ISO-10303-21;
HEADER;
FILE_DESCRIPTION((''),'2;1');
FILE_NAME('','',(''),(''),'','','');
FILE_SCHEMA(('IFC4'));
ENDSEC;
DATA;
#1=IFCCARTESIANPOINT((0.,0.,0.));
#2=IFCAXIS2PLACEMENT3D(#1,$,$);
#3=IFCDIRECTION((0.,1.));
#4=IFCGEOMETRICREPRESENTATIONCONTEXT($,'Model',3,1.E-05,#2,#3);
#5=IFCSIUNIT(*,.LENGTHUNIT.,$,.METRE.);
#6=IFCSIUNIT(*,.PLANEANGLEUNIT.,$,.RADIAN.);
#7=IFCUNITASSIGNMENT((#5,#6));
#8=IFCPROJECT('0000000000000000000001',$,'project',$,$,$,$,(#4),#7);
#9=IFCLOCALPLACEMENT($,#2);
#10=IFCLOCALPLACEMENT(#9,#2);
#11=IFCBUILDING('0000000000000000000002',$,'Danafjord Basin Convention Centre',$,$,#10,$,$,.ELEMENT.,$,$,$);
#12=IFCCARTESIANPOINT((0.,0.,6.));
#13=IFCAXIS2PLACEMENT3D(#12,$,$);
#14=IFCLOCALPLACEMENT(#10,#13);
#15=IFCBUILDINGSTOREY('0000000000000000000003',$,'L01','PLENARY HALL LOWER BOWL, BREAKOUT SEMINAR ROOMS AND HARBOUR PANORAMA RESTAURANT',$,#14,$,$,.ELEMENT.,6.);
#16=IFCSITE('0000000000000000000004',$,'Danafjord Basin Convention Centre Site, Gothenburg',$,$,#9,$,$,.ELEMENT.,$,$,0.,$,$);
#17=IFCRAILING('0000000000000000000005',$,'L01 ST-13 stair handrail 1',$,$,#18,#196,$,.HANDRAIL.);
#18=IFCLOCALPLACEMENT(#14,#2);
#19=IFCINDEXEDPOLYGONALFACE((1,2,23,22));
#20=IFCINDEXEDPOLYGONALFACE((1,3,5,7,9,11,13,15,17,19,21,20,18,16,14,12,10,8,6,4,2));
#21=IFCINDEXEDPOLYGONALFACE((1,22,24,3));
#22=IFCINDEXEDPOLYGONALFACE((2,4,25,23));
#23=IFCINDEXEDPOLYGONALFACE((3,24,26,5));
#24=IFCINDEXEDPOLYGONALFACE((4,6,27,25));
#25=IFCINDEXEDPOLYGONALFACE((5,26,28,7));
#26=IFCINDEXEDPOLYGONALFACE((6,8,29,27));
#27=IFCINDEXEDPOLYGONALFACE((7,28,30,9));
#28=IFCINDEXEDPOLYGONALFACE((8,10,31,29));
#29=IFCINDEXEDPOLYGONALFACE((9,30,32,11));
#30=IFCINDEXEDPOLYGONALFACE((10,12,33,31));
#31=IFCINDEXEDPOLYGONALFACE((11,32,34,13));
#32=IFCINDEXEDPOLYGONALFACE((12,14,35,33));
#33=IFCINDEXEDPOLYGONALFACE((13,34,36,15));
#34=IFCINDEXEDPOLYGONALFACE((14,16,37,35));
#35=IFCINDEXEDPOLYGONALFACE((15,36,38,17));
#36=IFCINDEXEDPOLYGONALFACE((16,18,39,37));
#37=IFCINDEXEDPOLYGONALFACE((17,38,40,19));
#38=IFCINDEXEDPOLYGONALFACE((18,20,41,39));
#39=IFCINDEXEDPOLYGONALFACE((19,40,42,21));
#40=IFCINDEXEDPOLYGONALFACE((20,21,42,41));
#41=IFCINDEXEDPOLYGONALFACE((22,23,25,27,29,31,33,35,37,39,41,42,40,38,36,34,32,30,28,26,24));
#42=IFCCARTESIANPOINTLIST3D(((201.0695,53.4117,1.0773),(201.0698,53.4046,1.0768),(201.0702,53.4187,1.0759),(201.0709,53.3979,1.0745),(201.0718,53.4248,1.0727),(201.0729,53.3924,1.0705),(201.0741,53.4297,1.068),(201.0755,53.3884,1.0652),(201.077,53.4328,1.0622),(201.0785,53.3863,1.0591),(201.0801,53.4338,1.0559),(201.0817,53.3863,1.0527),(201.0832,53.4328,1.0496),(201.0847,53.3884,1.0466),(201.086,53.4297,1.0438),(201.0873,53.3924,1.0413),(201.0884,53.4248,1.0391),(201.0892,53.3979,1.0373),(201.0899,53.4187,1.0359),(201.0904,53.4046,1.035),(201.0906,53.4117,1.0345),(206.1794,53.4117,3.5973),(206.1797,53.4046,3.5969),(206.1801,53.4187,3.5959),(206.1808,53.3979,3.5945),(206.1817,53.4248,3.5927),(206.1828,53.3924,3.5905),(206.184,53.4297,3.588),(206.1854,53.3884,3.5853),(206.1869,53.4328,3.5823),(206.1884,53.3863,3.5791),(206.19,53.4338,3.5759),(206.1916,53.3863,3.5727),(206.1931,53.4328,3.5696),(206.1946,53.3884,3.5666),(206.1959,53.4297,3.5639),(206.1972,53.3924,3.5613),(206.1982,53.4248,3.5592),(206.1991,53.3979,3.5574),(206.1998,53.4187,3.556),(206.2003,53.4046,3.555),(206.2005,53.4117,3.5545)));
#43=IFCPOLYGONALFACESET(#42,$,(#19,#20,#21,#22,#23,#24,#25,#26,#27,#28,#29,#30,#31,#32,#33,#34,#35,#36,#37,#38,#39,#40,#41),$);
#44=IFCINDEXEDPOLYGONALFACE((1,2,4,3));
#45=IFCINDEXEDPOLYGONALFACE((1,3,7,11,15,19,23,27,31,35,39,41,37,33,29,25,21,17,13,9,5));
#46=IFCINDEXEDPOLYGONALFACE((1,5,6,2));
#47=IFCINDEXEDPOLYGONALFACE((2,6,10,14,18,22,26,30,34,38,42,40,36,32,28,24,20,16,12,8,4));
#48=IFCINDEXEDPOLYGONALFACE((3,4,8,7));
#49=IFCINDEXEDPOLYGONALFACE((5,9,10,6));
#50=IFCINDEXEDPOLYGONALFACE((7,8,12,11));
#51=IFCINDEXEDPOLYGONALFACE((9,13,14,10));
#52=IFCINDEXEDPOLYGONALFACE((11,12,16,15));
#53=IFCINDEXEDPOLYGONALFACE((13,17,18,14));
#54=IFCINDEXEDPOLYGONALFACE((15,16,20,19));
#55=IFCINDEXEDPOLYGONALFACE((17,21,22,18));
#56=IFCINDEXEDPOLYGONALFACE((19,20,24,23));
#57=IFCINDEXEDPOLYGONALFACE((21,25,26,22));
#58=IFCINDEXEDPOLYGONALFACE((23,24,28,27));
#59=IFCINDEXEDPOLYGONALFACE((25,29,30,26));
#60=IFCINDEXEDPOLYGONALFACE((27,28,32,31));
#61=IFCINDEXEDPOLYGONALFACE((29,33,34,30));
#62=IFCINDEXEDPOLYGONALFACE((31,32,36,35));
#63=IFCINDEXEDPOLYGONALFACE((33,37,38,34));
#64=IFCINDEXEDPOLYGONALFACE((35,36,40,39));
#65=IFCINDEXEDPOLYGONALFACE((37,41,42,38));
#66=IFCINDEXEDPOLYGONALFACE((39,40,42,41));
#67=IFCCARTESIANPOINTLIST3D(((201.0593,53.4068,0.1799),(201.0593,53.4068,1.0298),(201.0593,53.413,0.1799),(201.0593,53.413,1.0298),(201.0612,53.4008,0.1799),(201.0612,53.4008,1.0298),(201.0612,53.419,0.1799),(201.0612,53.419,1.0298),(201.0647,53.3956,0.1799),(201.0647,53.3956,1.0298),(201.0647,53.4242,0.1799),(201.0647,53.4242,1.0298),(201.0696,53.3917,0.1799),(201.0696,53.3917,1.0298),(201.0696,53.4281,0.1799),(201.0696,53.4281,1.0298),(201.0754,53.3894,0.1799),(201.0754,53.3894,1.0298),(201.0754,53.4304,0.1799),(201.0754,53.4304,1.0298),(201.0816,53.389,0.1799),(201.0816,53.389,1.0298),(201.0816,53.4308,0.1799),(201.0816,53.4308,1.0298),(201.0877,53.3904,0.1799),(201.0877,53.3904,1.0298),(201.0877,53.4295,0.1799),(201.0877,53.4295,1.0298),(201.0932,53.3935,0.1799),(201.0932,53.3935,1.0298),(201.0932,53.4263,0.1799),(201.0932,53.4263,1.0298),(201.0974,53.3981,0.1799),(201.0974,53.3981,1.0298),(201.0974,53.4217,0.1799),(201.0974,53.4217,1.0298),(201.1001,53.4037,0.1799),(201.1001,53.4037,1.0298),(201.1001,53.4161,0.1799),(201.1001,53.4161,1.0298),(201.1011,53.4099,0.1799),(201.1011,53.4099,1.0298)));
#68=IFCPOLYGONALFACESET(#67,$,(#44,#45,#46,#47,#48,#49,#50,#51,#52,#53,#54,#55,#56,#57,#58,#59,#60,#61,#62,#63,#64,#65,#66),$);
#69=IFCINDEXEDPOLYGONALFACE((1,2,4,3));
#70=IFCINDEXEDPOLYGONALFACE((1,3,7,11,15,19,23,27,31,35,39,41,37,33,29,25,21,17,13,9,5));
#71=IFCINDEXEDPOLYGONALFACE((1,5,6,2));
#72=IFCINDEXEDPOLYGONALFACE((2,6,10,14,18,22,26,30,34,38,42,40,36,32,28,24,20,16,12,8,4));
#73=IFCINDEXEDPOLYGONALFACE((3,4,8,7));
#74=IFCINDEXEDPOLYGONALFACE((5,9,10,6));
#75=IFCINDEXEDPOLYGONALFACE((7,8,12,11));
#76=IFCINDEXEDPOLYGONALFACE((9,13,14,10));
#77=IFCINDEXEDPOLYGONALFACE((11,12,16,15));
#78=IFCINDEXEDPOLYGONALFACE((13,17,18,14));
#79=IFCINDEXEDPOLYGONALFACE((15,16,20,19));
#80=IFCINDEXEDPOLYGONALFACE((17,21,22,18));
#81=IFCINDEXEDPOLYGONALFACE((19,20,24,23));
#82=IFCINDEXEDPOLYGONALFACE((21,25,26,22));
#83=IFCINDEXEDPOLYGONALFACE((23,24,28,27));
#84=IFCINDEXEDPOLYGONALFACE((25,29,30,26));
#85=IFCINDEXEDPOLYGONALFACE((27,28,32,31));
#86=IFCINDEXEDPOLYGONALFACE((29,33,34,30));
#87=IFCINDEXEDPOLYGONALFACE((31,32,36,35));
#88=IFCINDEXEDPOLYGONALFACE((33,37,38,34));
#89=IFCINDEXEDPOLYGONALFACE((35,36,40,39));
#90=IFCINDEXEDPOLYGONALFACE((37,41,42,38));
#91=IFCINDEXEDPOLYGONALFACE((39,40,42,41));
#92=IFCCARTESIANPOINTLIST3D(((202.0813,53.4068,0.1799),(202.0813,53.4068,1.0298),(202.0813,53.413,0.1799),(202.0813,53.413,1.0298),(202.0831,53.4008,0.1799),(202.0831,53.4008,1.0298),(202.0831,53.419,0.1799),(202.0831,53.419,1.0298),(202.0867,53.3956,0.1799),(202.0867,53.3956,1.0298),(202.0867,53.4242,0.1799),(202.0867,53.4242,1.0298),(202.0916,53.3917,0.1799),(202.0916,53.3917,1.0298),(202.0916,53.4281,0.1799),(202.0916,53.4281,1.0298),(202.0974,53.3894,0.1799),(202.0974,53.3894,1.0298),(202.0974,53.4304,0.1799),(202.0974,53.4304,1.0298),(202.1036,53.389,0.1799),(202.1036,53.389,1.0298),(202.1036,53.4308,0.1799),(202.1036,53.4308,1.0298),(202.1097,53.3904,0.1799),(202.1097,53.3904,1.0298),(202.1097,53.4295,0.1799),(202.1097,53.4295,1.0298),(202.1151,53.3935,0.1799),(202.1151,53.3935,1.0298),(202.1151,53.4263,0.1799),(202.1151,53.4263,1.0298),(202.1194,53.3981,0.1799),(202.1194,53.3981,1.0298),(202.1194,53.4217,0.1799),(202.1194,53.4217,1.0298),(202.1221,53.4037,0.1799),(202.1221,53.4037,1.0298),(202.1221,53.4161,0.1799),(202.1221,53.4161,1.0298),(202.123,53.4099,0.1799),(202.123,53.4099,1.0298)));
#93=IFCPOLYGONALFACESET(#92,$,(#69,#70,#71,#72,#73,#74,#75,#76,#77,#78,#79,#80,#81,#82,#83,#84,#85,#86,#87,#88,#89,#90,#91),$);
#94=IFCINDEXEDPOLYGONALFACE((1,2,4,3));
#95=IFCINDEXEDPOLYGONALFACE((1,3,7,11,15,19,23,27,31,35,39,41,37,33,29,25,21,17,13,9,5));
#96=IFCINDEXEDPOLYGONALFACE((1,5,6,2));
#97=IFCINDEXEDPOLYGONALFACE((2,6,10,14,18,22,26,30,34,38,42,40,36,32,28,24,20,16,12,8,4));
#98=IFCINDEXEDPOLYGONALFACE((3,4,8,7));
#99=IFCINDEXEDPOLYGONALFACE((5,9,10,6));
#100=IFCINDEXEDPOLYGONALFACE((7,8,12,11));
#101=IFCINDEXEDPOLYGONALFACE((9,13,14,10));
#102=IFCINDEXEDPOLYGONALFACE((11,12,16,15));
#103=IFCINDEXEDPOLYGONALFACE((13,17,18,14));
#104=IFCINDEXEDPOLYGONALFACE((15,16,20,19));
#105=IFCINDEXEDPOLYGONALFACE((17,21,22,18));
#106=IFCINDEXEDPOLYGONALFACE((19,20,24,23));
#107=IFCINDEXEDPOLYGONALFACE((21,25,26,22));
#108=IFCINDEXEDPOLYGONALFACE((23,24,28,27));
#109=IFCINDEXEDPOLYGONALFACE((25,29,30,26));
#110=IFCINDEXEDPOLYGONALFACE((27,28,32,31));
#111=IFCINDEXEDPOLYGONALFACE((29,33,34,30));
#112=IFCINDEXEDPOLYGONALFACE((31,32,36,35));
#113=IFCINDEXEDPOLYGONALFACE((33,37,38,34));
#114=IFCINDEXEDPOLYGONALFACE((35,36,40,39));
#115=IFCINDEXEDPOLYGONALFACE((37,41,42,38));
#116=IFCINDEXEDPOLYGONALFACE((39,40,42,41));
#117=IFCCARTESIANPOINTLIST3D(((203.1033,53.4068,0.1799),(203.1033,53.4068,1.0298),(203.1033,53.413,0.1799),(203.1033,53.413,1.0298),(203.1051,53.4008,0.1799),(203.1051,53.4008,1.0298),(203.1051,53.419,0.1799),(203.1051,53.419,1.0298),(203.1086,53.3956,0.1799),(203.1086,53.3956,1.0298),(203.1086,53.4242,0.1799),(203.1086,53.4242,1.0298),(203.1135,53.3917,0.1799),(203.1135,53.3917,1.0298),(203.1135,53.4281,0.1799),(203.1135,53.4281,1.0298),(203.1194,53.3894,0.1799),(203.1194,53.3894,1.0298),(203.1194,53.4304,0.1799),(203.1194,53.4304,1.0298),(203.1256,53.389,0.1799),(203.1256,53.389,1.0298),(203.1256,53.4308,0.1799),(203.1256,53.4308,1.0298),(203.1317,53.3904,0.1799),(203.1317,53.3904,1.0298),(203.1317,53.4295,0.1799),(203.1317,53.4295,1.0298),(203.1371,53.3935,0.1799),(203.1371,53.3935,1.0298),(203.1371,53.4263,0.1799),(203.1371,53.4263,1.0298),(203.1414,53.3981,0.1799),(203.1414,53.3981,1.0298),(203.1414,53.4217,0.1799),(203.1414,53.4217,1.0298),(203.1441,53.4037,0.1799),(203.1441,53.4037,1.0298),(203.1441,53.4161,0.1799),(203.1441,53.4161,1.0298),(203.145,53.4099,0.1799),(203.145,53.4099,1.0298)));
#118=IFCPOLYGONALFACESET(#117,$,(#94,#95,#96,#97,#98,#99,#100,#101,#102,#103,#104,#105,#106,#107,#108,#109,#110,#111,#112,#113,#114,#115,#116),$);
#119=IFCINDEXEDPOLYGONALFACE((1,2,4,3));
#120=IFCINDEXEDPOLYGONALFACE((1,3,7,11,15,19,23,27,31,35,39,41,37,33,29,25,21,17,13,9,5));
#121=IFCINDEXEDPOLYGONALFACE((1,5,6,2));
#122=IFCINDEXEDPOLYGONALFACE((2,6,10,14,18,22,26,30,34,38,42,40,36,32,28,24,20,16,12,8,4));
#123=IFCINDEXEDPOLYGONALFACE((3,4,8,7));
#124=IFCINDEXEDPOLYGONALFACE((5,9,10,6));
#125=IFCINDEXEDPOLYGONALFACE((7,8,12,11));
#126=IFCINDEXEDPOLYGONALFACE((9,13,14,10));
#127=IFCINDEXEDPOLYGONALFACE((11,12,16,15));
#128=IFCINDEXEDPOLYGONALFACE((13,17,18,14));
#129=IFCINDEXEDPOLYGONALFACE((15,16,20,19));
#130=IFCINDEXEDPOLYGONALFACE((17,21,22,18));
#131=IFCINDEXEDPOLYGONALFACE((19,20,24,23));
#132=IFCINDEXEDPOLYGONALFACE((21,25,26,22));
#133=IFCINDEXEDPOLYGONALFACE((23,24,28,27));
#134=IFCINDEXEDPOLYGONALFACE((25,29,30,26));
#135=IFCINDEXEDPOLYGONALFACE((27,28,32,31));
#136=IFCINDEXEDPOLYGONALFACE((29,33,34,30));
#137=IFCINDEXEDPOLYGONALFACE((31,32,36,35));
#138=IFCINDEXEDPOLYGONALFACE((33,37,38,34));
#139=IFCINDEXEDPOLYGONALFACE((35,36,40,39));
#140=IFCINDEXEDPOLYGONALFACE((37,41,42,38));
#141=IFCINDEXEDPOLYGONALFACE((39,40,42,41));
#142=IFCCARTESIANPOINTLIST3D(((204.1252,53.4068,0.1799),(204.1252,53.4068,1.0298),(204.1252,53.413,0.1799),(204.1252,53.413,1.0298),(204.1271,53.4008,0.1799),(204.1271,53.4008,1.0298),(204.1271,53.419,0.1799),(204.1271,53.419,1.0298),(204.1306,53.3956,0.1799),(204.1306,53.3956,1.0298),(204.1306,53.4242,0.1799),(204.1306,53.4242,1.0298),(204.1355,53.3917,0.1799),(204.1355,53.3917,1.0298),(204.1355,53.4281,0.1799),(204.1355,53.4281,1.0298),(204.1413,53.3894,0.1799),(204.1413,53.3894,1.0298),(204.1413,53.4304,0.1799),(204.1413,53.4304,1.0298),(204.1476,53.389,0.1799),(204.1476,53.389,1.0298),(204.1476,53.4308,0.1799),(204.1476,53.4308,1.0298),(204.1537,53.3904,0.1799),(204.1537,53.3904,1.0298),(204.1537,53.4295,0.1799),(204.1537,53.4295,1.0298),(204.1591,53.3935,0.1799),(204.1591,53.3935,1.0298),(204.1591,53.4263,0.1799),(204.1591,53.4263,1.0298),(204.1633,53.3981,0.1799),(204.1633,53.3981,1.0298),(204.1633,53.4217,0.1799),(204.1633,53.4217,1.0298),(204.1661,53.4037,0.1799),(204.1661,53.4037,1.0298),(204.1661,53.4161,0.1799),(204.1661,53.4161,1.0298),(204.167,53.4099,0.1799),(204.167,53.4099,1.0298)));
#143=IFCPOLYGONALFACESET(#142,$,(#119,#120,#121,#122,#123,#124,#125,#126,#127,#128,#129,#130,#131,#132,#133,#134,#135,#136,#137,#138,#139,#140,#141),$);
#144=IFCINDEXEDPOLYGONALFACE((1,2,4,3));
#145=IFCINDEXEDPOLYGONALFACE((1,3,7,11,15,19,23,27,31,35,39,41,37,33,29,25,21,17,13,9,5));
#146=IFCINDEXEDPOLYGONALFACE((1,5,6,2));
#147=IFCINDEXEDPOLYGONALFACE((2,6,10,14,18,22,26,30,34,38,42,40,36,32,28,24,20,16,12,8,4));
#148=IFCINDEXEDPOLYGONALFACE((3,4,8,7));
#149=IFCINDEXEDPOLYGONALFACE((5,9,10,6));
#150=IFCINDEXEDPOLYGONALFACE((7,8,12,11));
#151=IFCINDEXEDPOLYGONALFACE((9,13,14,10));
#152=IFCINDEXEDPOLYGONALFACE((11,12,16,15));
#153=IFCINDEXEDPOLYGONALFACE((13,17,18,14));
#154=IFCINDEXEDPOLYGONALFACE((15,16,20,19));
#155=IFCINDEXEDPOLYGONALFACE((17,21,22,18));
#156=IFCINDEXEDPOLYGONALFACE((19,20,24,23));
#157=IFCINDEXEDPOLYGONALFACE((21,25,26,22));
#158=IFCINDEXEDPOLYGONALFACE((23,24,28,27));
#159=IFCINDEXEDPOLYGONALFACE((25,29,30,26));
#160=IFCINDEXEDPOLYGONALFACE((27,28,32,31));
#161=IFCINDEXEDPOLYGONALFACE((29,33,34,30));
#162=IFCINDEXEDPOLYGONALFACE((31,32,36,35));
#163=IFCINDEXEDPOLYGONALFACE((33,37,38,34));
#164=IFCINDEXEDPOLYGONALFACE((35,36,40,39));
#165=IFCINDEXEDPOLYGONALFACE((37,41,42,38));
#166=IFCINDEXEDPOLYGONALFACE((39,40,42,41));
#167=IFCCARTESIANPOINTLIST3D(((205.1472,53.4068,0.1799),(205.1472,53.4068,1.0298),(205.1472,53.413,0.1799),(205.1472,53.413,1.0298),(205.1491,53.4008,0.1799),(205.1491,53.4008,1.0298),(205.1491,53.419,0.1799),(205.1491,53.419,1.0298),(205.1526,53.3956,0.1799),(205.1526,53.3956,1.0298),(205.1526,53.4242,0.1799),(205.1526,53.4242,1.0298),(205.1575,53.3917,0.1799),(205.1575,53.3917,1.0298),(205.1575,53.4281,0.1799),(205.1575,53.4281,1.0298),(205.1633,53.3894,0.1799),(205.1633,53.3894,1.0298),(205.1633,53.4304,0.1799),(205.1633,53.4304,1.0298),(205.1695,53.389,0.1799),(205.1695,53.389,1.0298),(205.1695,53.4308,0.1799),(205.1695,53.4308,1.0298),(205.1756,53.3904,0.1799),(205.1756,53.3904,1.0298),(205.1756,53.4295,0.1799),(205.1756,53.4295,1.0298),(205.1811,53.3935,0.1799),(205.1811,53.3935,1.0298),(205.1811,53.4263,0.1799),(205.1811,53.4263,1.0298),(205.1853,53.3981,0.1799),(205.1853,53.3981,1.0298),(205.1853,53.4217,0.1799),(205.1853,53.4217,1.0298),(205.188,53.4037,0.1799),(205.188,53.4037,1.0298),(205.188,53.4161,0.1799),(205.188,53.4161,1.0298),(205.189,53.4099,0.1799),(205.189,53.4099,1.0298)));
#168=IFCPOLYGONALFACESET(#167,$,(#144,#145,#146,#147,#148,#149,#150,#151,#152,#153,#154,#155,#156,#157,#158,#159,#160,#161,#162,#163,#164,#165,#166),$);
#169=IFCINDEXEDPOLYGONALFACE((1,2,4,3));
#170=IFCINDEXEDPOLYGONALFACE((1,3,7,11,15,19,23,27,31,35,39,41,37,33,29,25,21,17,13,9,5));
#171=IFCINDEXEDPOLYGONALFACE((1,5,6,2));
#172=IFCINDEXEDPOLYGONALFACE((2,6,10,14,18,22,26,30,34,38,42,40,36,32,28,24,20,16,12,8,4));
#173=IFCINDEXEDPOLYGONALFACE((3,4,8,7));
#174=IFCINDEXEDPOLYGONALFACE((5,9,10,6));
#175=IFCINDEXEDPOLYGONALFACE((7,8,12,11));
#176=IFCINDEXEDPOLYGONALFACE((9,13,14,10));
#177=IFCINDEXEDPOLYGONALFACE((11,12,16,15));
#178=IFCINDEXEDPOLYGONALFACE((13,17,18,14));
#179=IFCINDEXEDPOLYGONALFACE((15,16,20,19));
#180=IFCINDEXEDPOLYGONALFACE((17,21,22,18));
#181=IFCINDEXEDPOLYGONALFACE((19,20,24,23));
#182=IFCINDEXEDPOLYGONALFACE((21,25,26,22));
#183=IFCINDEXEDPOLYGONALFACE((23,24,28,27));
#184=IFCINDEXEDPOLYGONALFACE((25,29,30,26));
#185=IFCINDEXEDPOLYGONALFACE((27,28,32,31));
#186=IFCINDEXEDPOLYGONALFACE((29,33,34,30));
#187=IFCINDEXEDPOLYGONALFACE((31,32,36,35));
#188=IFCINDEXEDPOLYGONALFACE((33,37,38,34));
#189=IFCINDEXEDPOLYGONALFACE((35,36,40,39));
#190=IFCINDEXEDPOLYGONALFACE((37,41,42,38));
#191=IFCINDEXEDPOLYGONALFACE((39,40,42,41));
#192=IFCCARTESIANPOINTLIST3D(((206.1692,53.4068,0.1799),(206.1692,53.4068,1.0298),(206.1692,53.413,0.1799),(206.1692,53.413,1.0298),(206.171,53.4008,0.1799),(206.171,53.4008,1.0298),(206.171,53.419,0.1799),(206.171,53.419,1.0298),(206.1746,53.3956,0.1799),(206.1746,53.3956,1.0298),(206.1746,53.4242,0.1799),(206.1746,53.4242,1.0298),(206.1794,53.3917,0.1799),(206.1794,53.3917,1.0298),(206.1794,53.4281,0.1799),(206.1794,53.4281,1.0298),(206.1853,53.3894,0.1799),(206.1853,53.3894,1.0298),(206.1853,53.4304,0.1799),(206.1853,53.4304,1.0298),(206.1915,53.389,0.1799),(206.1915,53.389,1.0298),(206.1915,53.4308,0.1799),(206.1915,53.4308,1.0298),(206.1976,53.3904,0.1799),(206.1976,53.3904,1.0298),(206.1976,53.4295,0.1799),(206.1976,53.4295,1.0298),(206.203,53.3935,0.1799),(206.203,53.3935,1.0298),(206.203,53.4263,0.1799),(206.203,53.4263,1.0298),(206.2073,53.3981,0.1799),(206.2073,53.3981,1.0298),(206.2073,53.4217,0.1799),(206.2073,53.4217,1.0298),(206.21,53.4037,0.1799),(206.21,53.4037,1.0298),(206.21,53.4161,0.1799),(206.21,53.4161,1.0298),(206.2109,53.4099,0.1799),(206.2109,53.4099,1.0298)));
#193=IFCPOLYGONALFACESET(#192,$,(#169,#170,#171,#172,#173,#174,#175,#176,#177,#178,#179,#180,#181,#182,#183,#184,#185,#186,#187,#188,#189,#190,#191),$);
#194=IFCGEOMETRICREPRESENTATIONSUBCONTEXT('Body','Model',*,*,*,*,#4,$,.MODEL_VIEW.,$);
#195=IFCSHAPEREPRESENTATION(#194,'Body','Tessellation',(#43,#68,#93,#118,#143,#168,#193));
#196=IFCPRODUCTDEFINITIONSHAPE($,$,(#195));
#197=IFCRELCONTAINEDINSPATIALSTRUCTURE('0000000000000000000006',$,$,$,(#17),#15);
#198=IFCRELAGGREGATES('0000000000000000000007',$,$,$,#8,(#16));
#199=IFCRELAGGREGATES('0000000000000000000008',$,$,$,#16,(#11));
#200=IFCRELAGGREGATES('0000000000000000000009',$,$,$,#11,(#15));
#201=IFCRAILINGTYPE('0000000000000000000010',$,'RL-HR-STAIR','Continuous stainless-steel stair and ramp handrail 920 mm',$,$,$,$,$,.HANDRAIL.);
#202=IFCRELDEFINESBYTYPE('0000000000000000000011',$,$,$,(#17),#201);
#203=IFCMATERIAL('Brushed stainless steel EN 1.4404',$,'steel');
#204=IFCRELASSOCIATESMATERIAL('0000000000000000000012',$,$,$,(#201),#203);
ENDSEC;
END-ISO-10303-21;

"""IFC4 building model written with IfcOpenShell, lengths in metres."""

from ifc_helpers import new_model, si_unit, direction, frame, origin, origin_2d, place, context, subcontext, project, spatial, circle, extrude, material, type_object, element, save


model = new_model("IFC4")

# Units and contexts
model_context = context("Model", 3, precision=1e-05, world=origin(), true_north=direction((0.0, 1.0)))
body_context = subcontext(model_context, "Body", "Model", "MODEL_VIEW")
ifc_project = project(units=[si_unit("LENGTHUNIT", "METRE"), si_unit("PLANEANGLEUNIT", "RADIAN")], contexts=[model_context])

# Site, building, storey
site_placement = place(None, origin())
site = spatial("IfcSite", under=ifc_project, at=site_placement, Name="Danafjord Basin Convention Centre Site, Gothenburg", CompositionType="ELEMENT", RefElevation=0.0)
building_placement = place(site_placement, origin())
building = spatial("IfcBuilding", under=site, at=building_placement, Name="Danafjord Basin Convention Centre", CompositionType="ELEMENT")
storey_placement = place(building_placement, frame((0.0, 0.0, 6.0)))
storey = spatial("IfcBuildingStorey", under=building, at=storey_placement, Name="L01", Description="PLENARY HALL LOWER BOWL, BREAKOUT SEMINAR ROOMS AND HARBOUR PANORAMA RESTAURANT", CompositionType="ELEMENT", Elevation=6.0)

# Railing
ifc_material_1 = material(Name="Brushed stainless steel EN 1.4404", Category="steel")
railing_type_1 = type_object("IfcRailingType", Name="RL-HR-STAIR", Description="Continuous stainless-steel stair and ramp handrail 920 mm", PredefinedType="HANDRAIL", material=ifc_material_1)
railing_1_placement = place(storey_placement, frame((201.0801, 53.4099, 0.1799)))
element("IfcRailing", 1, at=railing_1_placement, inside=storey, type_object=railing_type_1, Name="L01 ST-13 stair handrail 1", PredefinedType="HANDRAIL", context=body_context, shape_type="SweptSolid", body=[
    extrude(circle(Radius=0.0239, at=origin_2d()), frame((0.0, 0.0, 0.876), z_axis=(0.896865, 0.0, 0.442305), x_axis=(0.0, 1.0, 0.0)), (0.0, 0.0, 1.0), 5.6975),
    extrude(circle(Radius=0.021, at=origin_2d()), origin(), (0.0, 0.0, 1.0), 0.8499),
    extrude(circle(Radius=0.021, at=origin_2d()), frame((1.022, 0.0, 0.0)), (0.0, 0.0, 1.0), 0.8499),
    extrude(circle(Radius=0.021, at=origin_2d()), frame((2.0439, 0.0, 0.0)), (0.0, 0.0, 1.0), 0.8499),
    extrude(circle(Radius=0.021, at=origin_2d()), frame((3.0659, 0.0, 0.0)), (0.0, 0.0, 1.0), 0.8499),
    extrude(circle(Radius=0.021, at=origin_2d()), frame((4.0879, 0.0, 0.0)), (0.0, 0.0, 1.0), 0.8499),
    extrude(circle(Radius=0.021, at=origin_2d()), frame((5.1099, 0.0, 0.0)), (0.0, 0.0, 1.0), 0.8499),
])

save(model, "model.ifc")
